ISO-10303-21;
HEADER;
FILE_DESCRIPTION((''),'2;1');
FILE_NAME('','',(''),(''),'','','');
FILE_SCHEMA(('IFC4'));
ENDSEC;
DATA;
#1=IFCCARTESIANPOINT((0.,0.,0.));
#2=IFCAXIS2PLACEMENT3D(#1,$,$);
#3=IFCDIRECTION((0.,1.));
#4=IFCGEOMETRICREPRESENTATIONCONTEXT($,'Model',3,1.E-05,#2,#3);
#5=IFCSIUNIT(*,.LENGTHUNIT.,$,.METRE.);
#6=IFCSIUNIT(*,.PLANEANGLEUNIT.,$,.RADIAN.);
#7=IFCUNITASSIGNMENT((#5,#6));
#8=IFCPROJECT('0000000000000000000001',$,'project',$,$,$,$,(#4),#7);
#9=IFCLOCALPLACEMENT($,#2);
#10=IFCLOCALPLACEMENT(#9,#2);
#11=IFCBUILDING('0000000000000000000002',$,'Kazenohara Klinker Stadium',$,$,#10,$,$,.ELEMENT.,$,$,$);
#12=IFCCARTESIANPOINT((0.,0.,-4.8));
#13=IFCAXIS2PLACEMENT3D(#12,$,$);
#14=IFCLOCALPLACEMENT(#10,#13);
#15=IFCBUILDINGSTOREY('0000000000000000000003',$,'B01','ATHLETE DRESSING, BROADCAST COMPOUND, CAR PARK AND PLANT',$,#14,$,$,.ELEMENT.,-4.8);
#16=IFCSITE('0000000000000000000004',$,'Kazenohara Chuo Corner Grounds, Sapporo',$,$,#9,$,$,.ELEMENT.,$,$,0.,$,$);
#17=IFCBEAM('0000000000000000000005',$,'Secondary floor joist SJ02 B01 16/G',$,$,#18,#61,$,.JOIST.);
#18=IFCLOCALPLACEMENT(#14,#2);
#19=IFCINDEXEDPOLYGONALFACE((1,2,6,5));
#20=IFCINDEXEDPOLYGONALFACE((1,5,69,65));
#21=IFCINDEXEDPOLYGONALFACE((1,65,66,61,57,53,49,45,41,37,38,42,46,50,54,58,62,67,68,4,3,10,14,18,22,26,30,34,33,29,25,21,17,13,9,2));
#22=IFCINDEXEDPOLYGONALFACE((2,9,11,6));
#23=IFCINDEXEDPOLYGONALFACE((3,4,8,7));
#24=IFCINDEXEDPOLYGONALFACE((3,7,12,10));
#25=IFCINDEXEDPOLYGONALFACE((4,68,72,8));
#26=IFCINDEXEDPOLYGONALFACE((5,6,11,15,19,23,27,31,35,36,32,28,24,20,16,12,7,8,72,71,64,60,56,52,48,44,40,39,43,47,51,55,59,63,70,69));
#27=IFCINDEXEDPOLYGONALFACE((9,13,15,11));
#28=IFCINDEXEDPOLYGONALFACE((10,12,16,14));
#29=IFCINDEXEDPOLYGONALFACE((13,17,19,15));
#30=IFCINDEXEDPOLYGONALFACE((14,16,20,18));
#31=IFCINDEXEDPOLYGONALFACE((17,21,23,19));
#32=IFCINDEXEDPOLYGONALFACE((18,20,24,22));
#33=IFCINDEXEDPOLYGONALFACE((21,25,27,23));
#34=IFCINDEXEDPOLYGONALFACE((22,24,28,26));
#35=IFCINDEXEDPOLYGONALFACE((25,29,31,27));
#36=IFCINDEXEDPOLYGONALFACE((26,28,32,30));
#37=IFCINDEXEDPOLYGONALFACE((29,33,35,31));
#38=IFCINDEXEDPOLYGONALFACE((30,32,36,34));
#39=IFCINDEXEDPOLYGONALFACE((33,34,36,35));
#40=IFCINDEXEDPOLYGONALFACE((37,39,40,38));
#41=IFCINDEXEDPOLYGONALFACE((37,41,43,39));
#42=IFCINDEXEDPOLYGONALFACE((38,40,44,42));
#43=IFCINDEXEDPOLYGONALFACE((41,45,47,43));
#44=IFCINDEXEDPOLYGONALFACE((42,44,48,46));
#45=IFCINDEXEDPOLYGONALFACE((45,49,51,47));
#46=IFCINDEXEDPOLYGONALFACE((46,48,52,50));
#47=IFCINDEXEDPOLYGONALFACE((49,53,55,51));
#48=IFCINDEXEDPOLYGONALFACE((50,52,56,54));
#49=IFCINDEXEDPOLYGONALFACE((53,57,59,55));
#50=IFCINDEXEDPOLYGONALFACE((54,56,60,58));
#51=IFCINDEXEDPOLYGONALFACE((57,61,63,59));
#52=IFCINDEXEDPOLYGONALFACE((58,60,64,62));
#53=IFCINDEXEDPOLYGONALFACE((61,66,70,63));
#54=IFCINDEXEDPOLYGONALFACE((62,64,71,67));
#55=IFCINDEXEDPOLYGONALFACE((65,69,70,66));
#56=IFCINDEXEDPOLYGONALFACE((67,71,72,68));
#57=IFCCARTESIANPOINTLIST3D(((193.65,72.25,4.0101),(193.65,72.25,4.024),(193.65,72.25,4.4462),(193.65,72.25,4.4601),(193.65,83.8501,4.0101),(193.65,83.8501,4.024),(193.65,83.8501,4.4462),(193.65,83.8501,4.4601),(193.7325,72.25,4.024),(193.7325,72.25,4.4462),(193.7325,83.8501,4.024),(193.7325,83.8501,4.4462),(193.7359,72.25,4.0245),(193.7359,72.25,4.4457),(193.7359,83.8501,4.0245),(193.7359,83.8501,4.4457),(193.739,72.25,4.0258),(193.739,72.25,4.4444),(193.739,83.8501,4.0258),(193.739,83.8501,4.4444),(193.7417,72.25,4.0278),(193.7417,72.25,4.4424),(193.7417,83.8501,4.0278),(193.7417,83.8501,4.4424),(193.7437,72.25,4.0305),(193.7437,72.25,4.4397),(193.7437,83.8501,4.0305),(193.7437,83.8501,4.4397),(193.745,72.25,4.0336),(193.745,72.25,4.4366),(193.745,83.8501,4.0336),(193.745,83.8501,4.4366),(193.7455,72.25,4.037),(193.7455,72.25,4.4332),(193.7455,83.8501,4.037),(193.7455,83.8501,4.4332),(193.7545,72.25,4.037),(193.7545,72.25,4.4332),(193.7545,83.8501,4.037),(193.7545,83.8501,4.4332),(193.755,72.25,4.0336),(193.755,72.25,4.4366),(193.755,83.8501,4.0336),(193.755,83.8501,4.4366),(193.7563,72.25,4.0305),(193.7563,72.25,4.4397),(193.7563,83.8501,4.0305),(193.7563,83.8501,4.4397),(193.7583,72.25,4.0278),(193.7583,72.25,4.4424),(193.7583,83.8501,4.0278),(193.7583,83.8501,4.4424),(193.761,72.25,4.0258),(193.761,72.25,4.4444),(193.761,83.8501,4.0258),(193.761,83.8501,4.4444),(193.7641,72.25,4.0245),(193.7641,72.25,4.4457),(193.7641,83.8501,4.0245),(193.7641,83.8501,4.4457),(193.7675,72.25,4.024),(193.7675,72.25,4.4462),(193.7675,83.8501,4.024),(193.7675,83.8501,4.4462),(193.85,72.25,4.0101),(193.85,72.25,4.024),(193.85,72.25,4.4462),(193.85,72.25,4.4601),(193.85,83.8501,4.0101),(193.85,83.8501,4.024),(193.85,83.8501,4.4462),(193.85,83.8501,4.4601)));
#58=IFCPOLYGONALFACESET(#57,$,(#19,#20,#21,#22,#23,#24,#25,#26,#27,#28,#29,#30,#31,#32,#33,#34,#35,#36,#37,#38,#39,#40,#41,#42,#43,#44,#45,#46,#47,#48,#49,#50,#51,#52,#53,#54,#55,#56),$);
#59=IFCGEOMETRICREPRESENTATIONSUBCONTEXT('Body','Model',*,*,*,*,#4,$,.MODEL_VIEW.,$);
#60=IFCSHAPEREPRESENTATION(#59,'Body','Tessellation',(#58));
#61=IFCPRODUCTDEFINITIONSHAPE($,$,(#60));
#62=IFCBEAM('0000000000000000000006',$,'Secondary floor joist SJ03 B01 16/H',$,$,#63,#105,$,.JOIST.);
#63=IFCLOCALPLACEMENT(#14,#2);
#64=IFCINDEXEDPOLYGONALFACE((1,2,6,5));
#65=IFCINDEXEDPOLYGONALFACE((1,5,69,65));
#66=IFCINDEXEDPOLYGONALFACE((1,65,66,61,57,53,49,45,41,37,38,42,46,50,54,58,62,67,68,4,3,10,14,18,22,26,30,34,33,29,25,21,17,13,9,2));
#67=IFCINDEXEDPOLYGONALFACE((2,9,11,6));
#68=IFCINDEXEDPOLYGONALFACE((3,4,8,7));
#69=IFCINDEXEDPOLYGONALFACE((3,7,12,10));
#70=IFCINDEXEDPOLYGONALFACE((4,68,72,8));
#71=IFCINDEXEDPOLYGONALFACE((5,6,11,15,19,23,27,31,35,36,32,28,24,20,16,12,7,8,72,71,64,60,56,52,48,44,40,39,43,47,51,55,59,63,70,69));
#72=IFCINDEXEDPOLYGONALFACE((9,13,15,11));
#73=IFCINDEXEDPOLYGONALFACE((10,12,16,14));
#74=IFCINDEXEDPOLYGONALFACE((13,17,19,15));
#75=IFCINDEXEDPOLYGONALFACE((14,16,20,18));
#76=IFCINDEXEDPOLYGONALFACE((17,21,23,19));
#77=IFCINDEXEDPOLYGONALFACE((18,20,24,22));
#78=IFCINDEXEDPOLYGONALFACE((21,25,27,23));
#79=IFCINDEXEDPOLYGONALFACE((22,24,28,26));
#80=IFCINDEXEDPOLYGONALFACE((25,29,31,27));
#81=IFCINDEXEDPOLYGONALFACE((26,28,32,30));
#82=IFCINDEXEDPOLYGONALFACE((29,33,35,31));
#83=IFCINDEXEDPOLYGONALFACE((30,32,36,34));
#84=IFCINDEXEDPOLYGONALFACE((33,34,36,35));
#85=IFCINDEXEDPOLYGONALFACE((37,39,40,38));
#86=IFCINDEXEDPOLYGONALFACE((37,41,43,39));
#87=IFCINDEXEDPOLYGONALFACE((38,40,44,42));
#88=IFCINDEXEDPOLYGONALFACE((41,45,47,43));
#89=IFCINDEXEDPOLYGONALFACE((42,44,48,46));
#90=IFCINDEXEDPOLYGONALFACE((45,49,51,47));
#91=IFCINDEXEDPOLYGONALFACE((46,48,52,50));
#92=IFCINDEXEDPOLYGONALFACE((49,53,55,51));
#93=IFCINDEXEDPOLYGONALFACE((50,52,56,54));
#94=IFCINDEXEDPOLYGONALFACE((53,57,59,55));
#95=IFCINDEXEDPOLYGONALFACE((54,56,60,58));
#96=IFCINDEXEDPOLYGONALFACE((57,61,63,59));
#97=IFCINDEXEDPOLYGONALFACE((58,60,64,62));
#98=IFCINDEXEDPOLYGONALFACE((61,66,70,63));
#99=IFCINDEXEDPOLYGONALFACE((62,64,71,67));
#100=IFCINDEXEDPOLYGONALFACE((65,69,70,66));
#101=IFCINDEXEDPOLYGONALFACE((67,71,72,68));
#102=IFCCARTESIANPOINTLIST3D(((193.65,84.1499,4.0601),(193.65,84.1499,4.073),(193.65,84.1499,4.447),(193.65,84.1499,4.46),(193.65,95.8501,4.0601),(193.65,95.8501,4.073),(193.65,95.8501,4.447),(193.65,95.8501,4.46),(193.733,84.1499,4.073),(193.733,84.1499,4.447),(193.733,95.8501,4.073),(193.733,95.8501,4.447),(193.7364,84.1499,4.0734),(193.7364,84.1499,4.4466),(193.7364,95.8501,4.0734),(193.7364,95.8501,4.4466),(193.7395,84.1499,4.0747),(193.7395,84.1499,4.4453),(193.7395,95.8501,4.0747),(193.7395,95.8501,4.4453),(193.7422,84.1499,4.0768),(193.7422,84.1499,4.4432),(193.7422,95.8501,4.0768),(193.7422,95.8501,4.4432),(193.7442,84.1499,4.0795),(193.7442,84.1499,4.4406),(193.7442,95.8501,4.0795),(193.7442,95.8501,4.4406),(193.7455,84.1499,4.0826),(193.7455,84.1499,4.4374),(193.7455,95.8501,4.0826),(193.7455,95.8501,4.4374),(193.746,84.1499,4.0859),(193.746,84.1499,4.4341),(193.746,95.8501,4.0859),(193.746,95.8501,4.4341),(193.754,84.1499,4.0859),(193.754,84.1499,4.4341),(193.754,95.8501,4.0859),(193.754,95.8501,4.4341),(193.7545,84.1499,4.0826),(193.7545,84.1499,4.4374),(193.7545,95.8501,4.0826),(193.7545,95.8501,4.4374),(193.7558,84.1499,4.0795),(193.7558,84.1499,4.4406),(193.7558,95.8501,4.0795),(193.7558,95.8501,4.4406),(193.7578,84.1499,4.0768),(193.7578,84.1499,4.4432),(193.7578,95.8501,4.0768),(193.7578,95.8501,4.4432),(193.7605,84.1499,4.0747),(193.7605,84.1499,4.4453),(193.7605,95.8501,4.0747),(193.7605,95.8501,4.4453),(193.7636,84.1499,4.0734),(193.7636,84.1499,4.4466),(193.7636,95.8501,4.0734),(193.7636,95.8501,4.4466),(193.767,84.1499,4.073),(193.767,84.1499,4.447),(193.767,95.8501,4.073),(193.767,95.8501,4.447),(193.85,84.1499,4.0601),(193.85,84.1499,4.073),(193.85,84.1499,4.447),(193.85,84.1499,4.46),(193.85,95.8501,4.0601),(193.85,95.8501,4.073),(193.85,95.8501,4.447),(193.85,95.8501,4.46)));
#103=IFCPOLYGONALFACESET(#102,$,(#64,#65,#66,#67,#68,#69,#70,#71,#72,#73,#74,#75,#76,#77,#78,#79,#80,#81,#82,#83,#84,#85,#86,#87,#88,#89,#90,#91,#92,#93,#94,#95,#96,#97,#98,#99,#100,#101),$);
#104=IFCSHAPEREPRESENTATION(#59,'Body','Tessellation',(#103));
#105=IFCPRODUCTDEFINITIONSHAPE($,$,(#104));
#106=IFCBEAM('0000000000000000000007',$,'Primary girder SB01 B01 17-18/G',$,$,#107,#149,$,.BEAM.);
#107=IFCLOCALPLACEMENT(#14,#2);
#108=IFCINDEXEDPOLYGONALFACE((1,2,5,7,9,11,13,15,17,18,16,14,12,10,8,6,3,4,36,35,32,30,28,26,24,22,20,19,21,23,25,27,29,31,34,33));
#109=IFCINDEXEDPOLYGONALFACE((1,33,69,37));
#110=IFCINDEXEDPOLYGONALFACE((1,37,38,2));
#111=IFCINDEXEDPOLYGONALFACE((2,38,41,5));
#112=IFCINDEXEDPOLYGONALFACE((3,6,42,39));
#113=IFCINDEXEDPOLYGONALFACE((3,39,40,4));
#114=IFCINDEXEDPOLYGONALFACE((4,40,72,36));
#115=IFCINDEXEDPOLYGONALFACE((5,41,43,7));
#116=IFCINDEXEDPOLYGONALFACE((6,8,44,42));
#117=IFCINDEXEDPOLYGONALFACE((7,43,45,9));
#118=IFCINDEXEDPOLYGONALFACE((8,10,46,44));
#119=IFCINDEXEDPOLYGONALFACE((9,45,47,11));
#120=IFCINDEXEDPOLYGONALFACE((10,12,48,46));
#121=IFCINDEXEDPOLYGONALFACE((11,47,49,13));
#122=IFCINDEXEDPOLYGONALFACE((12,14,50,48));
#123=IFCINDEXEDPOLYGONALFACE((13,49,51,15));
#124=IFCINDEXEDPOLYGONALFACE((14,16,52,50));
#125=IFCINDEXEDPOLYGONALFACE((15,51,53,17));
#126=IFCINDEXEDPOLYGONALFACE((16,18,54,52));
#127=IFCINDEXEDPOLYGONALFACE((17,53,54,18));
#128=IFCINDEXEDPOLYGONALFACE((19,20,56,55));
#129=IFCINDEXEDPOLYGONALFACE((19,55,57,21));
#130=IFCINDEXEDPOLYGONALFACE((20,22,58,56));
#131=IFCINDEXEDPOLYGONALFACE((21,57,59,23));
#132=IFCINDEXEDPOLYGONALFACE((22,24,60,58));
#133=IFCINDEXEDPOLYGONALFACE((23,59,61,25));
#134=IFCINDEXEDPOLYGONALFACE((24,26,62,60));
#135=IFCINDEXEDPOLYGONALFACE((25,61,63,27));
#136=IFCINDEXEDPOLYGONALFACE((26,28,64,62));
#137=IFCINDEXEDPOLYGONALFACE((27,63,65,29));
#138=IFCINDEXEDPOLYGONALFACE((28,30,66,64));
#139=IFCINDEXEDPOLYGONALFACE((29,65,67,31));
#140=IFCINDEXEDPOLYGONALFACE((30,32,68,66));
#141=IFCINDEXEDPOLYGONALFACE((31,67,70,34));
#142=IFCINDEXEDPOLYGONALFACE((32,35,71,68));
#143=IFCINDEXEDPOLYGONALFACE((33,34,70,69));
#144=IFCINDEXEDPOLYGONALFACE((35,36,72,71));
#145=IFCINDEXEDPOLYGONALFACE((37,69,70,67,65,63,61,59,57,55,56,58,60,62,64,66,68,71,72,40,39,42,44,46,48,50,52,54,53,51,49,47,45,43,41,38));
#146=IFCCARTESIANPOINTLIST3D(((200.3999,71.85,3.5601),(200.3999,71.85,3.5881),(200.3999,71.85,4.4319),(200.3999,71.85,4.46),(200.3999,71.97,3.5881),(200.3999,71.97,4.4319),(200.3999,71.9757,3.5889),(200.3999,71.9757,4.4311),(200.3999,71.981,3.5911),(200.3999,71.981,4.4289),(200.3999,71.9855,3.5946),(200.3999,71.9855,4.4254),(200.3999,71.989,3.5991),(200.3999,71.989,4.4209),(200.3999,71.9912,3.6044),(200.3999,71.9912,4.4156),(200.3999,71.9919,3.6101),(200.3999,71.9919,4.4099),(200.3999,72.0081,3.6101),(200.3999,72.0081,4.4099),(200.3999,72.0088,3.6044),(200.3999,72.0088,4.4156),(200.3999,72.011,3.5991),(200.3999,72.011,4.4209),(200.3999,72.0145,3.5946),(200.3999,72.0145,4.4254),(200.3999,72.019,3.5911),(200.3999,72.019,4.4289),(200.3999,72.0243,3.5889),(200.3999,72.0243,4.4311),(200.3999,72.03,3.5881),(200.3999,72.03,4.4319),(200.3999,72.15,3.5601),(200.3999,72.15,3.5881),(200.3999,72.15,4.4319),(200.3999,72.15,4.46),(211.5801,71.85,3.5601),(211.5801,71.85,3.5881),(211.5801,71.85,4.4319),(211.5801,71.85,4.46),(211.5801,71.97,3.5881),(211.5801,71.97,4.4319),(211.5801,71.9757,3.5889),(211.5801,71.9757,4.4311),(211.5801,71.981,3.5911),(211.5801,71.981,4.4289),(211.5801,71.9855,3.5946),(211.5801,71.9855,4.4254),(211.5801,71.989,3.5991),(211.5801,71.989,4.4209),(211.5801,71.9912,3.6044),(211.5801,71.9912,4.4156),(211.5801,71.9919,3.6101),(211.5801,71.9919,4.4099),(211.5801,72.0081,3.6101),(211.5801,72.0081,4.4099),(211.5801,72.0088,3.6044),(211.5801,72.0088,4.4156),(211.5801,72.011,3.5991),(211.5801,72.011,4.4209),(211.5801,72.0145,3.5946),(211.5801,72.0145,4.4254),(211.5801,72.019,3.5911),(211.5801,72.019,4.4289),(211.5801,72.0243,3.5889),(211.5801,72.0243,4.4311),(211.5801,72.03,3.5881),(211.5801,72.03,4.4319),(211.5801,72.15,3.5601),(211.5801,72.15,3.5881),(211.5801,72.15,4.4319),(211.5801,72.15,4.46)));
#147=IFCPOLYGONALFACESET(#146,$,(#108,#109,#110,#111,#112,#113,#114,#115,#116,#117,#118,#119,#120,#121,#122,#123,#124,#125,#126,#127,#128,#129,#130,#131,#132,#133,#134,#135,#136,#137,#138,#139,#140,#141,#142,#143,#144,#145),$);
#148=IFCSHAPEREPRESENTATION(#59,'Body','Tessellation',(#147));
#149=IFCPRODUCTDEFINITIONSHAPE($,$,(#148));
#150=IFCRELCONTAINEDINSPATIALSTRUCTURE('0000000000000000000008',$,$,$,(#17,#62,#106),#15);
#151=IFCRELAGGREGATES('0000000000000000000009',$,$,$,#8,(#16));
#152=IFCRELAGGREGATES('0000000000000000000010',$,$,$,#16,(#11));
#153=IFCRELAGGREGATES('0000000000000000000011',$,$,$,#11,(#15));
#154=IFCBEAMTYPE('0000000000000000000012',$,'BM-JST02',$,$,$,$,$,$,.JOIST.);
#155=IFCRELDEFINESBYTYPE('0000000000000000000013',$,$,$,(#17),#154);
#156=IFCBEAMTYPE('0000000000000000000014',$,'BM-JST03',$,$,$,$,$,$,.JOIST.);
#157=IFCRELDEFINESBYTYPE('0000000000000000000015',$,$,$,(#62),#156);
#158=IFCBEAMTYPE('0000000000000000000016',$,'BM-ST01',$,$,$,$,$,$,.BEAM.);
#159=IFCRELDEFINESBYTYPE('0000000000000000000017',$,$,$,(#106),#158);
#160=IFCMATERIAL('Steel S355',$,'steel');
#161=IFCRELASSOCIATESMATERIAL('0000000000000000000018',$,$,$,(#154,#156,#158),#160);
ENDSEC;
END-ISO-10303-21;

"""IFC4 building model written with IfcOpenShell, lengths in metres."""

from ifc_helpers import new_model, si_unit, direction, frame, origin, origin_2d, place, context, subcontext, project, spatial, i_section, extrude, material, material_profile, profile_set, type_object, element, save


model = new_model("IFC4")

# Units and contexts
model_context = context("Model", 3, precision=1e-05, world=origin(), true_north=direction((0.0, 1.0)))
body_context = subcontext(model_context, "Body", "Model", "MODEL_VIEW")
ifc_project = project(units=[si_unit("LENGTHUNIT", "METRE"), si_unit("PLANEANGLEUNIT", "RADIAN")], contexts=[model_context])

# Site, building, storey
site_placement = place(None, origin())
site = spatial("IfcSite", under=ifc_project, at=site_placement, Name="Kazenohara Chuo Corner Grounds, Sapporo", CompositionType="ELEMENT", RefElevation=0.0)
building_placement = place(site_placement, origin())
building = spatial("IfcBuilding", under=site, at=building_placement, Name="Kazenohara Klinker Stadium", CompositionType="ELEMENT")
storey_placement = place(building_placement, frame((0.0, 0.0, -4.8)))
storey = spatial("IfcBuildingStorey", under=building, at=storey_placement, Name="B01", Description="ATHLETE DRESSING, BROADCAST COMPOUND, CAR PARK AND PLANT", CompositionType="ELEMENT", Elevation=-4.8)

# Beams
ifc_material_1 = material(Name="Steel S355", Category="steel")
ifc_material_profile_1 = material_profile(ifc_material_1, i_section(OverallWidth=0.2, OverallDepth=0.45, WebThickness=0.009, FlangeThickness=0.0139, FilletRadius=0.0129, at=origin_2d()), Name="H-450x200x9x14")
ifc_profile_set_1 = profile_set([ifc_material_profile_1], Name="Steel S355")
beam_type_1 = type_object("IfcBeamType", Name="BM-JST02", PredefinedType="JOIST", material=ifc_profile_set_1)
beam_1_placement = place(storey_placement, frame((193.75, 72.25, 4.2351), z_axis=(0.0, 1.0, 0.0), x_axis=(-1.0, 0.0, 0.0)))
element("IfcBeam", 1, at=beam_1_placement, inside=storey, type_object=beam_type_1, Name="Secondary floor joist SJ02 B01 16/G", PredefinedType="JOIST", context=body_context, shape_type="SweptSolid", body=[
    extrude(i_section(OverallWidth=0.2, OverallDepth=0.45, WebThickness=0.009, FlangeThickness=0.0139, FilletRadius=0.0129, at=origin_2d()), origin(), (0.0, 0.0, 1.0), 11.6001),
])
ifc_material_profile_2 = material_profile(ifc_material_1, i_section(OverallWidth=0.2, OverallDepth=0.3999, WebThickness=0.0081, FlangeThickness=0.0129, FilletRadius=0.0129, at=origin_2d()), Name="H-400x200x8x13")
ifc_profile_set_2 = profile_set([ifc_material_profile_2], Name="Steel S355")
beam_type_2 = type_object("IfcBeamType", Name="BM-JST03", PredefinedType="JOIST", material=ifc_profile_set_2)
beam_2_placement = place(storey_placement, frame((193.75, 84.1499, 4.26), z_axis=(0.0, 1.0, 0.0), x_axis=(-1.0, 0.0, 0.0)))
element("IfcBeam", 2, at=beam_2_placement, inside=storey, type_object=beam_type_2, Name="Secondary floor joist SJ03 B01 16/H", PredefinedType="JOIST", context=body_context, shape_type="SweptSolid", body=[
    extrude(i_section(OverallWidth=0.2, OverallDepth=0.3999, WebThickness=0.0081, FlangeThickness=0.0129, FilletRadius=0.0129, at=origin_2d()), origin(), (0.0, 0.0, 1.0), 11.7002),
])
ifc_material_profile_3 = material_profile(ifc_material_1, i_section(OverallWidth=0.3, OverallDepth=0.8999, WebThickness=0.0161, FlangeThickness=0.0281, FilletRadius=0.022, at=origin_2d()), Name="H-900x300x16x28")
ifc_profile_set_3 = profile_set([ifc_material_profile_3], Name="Steel S355")
beam_type_3 = type_object("IfcBeamType", Name="BM-ST01", PredefinedType="BEAM", material=ifc_profile_set_3)
beam_3_placement = place(storey_placement, frame((200.3999, 72.0, 4.01), z_axis=(1.0, 0.0, 0.0), x_axis=(0.0, 1.0, 0.0)))
element("IfcBeam", 3, at=beam_3_placement, inside=storey, type_object=beam_type_3, Name="Primary girder SB01 B01 17-18/G", PredefinedType="BEAM", context=body_context, shape_type="SweptSolid", body=[
    extrude(i_section(OverallWidth=0.3, OverallDepth=0.8999, WebThickness=0.0161, FlangeThickness=0.0281, FilletRadius=0.022, at=origin_2d()), origin(), (0.0, 0.0, 1.0), 11.1802),
])

save(model, "model.ifc")
